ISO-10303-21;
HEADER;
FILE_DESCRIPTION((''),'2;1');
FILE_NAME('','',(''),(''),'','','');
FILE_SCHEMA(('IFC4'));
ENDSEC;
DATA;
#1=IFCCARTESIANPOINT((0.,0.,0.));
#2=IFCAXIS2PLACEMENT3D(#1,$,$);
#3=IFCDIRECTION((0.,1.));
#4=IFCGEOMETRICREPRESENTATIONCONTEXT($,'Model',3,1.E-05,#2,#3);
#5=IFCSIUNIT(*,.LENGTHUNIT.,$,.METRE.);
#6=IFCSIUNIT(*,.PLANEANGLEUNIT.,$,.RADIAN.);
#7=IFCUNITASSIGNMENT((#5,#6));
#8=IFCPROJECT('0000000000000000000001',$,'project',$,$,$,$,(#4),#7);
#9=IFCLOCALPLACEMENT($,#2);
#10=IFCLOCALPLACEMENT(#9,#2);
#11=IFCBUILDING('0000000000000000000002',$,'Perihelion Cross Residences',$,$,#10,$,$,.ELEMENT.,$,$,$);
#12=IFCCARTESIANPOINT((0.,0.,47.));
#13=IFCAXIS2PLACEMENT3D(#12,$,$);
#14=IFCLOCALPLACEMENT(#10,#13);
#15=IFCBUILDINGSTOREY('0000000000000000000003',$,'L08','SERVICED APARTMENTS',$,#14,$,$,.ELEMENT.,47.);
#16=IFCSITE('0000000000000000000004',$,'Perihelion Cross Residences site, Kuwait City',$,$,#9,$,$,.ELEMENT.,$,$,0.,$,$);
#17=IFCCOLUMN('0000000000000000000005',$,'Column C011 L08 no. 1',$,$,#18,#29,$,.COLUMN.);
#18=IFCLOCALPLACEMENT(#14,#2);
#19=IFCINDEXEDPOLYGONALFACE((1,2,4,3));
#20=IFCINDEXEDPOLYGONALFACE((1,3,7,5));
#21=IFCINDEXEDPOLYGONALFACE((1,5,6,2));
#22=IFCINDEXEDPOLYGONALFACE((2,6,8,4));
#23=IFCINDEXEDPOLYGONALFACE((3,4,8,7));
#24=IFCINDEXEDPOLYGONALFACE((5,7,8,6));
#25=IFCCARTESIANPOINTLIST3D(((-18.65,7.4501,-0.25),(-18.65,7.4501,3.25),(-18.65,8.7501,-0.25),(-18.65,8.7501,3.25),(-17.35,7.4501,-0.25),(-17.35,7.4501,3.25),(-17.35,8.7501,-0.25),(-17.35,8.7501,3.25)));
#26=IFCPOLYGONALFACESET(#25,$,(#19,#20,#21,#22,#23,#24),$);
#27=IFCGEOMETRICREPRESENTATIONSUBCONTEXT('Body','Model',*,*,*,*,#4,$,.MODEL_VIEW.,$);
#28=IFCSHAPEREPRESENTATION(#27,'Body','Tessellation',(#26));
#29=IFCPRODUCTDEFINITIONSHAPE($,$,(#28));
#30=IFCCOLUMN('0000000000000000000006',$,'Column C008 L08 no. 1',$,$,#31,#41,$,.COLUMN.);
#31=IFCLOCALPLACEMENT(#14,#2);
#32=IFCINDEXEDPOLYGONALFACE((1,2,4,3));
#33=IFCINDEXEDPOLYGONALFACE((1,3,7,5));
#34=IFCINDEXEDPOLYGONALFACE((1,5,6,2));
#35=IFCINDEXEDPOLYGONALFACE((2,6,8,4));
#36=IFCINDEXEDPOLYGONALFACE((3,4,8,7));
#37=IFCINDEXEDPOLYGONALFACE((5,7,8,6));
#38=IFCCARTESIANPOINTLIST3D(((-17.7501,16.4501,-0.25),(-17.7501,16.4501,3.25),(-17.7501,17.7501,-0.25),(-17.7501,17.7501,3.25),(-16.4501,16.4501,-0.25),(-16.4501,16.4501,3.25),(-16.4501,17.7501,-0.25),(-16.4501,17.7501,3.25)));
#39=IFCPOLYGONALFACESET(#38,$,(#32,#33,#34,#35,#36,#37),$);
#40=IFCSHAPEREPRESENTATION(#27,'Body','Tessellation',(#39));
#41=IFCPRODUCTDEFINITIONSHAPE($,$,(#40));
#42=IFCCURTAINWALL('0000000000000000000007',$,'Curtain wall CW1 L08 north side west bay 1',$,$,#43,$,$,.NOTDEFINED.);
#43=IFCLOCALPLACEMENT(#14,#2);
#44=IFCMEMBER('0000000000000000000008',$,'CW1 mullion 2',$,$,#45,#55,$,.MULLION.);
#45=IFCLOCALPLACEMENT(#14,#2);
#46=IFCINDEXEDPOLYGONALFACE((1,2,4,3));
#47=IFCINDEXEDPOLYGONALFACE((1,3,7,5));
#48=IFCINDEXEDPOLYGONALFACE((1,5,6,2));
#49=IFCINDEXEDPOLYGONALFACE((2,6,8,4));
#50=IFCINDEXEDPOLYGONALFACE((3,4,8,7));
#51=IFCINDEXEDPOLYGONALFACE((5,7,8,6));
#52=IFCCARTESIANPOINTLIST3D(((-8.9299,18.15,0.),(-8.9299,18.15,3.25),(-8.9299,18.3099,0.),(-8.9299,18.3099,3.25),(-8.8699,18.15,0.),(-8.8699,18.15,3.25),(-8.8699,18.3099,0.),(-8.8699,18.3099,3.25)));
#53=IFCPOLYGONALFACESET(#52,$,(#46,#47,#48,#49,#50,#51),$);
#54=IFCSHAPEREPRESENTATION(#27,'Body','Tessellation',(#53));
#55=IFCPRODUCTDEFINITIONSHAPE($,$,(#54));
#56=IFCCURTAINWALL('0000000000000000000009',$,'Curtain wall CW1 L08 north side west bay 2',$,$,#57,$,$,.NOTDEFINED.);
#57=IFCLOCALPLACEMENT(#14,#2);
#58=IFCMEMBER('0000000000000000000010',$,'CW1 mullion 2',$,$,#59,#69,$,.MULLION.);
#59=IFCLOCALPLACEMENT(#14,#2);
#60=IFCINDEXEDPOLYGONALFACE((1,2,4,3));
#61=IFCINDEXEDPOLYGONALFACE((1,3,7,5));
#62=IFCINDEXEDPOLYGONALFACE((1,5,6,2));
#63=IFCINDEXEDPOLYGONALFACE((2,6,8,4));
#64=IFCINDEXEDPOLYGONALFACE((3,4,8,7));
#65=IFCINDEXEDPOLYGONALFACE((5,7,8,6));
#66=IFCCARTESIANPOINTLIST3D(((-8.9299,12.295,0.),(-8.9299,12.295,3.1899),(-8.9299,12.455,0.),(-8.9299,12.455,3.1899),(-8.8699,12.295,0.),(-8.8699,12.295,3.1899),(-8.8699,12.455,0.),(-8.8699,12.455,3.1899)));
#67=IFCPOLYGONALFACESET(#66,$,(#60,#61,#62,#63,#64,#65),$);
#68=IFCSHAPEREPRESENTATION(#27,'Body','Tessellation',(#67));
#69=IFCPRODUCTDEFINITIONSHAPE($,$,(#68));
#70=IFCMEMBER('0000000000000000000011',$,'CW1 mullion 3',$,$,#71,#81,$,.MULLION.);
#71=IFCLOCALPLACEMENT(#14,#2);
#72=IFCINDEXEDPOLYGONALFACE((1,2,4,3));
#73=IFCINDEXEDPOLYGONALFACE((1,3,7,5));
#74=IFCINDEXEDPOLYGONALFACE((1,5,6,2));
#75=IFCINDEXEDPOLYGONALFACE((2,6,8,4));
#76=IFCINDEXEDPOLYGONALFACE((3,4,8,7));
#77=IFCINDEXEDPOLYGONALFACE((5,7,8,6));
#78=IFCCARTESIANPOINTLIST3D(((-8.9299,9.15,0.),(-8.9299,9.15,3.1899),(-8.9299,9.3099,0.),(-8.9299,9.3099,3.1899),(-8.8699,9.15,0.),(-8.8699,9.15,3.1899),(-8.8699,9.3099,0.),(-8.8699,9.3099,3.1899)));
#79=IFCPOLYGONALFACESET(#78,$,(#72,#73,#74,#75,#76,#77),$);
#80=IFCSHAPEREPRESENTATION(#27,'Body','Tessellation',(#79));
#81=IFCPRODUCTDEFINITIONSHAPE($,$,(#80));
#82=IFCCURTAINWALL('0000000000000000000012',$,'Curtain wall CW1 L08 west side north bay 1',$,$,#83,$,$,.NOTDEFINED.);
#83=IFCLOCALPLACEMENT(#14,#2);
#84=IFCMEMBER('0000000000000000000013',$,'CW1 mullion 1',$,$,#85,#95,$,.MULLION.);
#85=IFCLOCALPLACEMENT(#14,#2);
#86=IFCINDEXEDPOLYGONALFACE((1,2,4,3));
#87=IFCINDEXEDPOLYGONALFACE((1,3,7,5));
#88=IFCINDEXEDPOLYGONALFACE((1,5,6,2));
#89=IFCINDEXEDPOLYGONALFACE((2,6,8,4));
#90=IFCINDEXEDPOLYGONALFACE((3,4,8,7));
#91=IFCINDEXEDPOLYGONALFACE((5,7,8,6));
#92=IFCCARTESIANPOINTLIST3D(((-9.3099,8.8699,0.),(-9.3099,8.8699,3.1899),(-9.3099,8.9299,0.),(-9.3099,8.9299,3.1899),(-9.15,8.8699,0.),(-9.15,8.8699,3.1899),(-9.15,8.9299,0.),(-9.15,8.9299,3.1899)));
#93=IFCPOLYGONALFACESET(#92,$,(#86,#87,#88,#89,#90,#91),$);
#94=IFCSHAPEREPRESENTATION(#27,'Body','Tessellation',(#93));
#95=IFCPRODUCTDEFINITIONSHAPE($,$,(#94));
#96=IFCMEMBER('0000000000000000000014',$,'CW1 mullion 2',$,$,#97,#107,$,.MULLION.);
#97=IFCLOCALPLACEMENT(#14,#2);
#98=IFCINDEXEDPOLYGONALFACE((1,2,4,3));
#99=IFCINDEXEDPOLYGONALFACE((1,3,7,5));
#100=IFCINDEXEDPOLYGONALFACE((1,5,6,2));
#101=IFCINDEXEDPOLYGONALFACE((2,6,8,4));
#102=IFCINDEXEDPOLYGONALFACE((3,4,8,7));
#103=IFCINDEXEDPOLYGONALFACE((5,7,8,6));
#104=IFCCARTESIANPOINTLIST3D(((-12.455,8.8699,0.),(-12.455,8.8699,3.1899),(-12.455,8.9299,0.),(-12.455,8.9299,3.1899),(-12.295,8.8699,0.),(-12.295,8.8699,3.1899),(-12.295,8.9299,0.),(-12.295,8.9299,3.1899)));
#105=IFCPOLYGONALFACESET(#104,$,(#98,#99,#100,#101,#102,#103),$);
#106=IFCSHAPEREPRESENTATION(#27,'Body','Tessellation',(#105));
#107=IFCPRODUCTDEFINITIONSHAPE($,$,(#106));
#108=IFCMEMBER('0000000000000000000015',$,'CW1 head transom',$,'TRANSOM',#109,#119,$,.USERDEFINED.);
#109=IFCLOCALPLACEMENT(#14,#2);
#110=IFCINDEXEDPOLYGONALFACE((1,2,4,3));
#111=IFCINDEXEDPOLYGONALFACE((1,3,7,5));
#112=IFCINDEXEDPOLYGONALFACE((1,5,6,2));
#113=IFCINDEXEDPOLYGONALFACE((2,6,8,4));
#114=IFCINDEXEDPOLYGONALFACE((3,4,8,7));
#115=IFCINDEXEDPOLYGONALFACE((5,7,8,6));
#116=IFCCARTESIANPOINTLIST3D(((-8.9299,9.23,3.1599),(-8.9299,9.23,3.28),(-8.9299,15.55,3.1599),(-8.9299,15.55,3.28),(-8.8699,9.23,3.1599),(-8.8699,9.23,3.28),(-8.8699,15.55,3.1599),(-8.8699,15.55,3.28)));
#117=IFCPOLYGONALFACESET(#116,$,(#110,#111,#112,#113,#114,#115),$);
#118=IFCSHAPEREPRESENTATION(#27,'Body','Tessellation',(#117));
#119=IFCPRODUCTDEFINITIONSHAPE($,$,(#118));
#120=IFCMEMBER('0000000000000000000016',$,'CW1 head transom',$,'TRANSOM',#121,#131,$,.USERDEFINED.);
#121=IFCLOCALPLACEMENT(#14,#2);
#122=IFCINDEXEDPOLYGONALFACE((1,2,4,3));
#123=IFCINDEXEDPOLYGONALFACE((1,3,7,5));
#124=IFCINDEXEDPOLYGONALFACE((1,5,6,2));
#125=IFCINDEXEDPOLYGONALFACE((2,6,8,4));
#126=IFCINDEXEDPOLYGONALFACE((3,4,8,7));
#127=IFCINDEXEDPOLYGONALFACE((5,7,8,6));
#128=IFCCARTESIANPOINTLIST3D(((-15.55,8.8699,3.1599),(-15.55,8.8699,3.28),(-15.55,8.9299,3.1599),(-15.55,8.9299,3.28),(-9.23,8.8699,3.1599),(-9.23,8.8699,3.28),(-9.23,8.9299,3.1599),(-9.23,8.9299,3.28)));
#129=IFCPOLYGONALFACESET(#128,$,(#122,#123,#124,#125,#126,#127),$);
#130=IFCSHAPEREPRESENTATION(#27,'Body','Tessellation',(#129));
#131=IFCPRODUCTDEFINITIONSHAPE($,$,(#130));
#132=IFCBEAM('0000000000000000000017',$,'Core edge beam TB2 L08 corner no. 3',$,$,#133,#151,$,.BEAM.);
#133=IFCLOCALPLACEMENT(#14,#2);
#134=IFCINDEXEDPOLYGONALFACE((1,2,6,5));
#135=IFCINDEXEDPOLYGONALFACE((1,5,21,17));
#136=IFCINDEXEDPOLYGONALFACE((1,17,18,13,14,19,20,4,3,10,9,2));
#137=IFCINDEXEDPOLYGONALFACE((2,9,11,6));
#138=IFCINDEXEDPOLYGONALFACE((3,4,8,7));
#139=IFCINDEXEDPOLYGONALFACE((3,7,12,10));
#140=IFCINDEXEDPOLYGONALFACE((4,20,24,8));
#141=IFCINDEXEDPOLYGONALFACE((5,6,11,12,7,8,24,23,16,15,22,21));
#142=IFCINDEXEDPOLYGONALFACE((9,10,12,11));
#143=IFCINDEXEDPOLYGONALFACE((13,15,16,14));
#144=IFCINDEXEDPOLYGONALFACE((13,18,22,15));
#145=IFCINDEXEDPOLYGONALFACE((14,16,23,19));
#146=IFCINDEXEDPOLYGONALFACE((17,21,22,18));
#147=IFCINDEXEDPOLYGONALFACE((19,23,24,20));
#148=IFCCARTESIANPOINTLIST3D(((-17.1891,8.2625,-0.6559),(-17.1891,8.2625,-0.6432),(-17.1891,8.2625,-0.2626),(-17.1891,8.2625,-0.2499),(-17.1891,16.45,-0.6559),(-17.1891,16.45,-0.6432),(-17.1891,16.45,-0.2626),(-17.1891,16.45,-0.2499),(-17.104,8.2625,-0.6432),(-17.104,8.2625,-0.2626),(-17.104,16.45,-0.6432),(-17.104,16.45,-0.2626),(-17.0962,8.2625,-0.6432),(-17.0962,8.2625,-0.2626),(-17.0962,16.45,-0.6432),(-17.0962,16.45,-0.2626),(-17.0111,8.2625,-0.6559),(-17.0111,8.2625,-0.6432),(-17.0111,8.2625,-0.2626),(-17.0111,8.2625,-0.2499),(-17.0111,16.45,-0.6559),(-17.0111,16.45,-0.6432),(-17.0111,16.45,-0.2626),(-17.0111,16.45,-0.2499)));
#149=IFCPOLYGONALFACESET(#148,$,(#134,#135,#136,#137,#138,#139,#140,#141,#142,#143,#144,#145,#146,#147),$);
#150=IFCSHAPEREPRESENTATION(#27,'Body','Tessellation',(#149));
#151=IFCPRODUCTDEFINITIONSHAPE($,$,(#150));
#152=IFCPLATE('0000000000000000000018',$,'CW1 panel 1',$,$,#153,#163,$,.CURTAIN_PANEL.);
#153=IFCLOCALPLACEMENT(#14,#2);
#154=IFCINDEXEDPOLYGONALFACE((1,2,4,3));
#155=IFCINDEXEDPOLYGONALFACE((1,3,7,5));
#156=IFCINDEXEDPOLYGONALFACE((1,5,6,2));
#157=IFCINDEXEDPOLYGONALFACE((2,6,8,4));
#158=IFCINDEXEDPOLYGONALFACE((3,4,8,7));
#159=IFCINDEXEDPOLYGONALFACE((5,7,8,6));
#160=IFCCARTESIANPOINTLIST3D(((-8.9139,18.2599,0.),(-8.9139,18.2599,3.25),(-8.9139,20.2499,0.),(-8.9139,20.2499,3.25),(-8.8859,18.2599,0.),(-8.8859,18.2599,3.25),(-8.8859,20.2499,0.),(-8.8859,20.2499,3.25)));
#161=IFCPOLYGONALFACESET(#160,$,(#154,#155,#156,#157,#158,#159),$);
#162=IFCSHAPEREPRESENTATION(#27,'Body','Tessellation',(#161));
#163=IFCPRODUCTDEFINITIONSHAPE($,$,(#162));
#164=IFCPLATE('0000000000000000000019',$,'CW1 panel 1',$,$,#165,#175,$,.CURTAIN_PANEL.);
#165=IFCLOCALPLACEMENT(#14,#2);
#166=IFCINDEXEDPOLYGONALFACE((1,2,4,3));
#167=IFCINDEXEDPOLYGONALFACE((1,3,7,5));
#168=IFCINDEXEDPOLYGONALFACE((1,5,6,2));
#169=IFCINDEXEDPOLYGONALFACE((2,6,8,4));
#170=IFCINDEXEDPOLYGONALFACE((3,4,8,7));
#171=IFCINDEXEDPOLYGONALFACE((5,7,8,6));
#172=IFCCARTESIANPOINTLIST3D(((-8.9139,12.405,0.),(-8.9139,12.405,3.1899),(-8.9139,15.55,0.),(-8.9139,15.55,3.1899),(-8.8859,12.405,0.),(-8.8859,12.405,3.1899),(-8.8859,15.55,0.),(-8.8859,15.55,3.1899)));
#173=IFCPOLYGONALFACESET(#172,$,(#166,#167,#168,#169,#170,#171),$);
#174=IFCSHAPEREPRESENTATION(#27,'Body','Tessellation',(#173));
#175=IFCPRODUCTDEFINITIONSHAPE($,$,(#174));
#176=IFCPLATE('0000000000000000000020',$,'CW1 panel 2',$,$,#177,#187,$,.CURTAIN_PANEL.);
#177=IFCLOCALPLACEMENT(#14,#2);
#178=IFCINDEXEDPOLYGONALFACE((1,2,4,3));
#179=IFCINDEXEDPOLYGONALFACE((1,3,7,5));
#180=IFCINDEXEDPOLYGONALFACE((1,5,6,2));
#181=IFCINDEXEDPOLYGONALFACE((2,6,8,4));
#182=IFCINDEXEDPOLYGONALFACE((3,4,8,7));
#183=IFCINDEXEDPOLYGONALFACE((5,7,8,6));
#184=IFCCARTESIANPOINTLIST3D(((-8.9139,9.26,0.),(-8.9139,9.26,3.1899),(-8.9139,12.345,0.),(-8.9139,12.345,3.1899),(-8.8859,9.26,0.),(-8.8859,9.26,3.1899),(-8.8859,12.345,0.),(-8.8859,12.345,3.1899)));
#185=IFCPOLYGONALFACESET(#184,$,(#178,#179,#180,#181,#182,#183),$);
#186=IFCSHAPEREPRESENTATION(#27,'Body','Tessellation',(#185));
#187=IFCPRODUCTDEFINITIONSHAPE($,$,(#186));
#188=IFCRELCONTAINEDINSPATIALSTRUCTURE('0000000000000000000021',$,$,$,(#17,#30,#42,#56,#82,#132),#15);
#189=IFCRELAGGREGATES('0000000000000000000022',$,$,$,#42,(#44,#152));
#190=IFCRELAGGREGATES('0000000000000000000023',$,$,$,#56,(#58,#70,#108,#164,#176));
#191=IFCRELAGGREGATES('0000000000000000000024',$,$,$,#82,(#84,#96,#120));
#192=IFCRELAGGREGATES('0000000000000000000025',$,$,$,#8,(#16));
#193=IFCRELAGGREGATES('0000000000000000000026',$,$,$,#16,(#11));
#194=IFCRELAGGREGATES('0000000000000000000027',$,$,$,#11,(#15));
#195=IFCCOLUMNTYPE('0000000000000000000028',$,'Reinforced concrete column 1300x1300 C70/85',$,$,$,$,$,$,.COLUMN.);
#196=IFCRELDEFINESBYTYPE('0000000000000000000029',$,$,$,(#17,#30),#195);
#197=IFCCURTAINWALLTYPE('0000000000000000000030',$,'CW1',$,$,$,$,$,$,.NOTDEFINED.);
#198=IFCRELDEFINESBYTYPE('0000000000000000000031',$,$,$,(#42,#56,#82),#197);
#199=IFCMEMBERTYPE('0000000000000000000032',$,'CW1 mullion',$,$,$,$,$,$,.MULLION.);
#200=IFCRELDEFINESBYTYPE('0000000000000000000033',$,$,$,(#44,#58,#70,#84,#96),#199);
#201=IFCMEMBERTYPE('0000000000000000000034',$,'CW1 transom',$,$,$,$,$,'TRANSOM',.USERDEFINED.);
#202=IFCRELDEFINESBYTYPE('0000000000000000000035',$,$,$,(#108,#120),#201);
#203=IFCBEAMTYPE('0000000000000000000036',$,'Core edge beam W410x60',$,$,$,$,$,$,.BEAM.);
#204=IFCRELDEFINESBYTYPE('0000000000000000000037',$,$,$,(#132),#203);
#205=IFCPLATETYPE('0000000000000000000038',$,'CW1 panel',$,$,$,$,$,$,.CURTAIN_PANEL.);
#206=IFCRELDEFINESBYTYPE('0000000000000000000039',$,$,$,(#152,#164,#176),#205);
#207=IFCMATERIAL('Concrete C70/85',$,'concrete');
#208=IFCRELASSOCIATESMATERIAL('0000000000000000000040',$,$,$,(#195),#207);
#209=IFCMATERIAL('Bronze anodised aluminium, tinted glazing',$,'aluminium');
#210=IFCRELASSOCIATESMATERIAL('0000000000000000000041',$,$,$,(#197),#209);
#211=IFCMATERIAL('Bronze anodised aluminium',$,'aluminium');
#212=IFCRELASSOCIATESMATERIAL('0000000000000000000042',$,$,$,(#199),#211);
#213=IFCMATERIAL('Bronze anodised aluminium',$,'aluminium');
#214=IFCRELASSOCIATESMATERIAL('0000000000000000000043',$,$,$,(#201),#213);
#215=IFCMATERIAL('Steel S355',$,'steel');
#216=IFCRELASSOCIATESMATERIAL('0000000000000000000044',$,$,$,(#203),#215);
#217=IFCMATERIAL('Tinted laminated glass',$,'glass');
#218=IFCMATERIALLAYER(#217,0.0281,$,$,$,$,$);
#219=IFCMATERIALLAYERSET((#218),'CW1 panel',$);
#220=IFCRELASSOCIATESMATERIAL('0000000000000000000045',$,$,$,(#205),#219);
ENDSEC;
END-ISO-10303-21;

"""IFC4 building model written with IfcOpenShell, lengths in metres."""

from ifc_helpers import new_model, si_unit, direction, frame, origin, origin_2d, place, context, subcontext, project, spatial, rectangle, i_section, extrude, material, layer, layer_set, material_profile, profile_set, type_object, element, aggregate, save


model = new_model("IFC4")

# Units and contexts
model_context = context("Model", 3, precision=1e-05, world=origin(), true_north=direction((0.0, 1.0)))
body_context = subcontext(model_context, "Body", "Model", "MODEL_VIEW")
ifc_project = project(units=[si_unit("LENGTHUNIT", "METRE"), si_unit("PLANEANGLEUNIT", "RADIAN")], contexts=[model_context])

# Site, building, storey
site_placement = place(None, origin())
site = spatial("IfcSite", under=ifc_project, at=site_placement, Name="Perihelion Cross Residences site, Kuwait City", CompositionType="ELEMENT", RefElevation=0.0)
building_placement = place(site_placement, origin())
building = spatial("IfcBuilding", under=site, at=building_placement, Name="Perihelion Cross Residences", CompositionType="ELEMENT")
storey_placement = place(building_placement, frame((0.0, 0.0, 47.0)))
storey = spatial("IfcBuildingStorey", under=building, at=storey_placement, Name="L08", Description="SERVICED APARTMENTS", CompositionType="ELEMENT", Elevation=47.0)

# Columns
ifc_material_1 = material(Name="Concrete C70/85", Category="concrete")
ifc_material_profile_1 = material_profile(ifc_material_1, rectangle(XDim=1.3, YDim=1.3, at=origin_2d()), Name="RC 1300x1300")
ifc_profile_set_1 = profile_set([ifc_material_profile_1], Name="Concrete C70/85")
column_type = type_object("IfcColumnType", Name="Reinforced concrete column 1300x1300 C70/85", PredefinedType="COLUMN", material=ifc_profile_set_1)
for number, where, z_axis, x_axis, name in (
    (1, (-18.0, 8.1001, -0.25), (0.0, 0.0, 1.0), (1.0, 0.0, 0.0), "Column C011 L08 no. 1"),
    (2, (-17.1001, 17.1001, -0.25), (0.0, 0.0, 1.0), (1.0, 0.0, 0.0), "Column C008 L08 no. 1"),
):
    element("IfcColumn", number, at=place(storey_placement, frame(where, z_axis=z_axis, x_axis=x_axis)), inside=storey, type_object=column_type, Name=name, PredefinedType="COLUMN", context=body_context, shape_type="SweptSolid", body=[
        extrude(rectangle(XDim=1.3, YDim=1.3, at=origin_2d()), origin(), (0.0, 0.0, 1.0), 3.5),
    ])

# Curtain wall, member
ifc_material_2 = material(Name="Bronze anodised aluminium, tinted glazing", Category="aluminium")
curtain_wall_type = type_object("IfcCurtainWallType", Name="CW1", PredefinedType="NOTDEFINED", material=ifc_material_2)
curtain_wall_1_placement = place(storey_placement, origin())
curtain_wall_1 = element("IfcCurtainWall", 3, at=curtain_wall_1_placement, inside=storey, type_object=curtain_wall_type, Name="Curtain wall CW1 L08 north side west bay 1", PredefinedType="NOTDEFINED")
ifc_material_3 = material(Name="Bronze anodised aluminium", Category="aluminium")
ifc_material_profile_2 = material_profile(ifc_material_3, rectangle(XDim=0.0601, YDim=0.1599, at=origin_2d()), Name="CW1 mullion")
ifc_profile_set_2 = profile_set([ifc_material_profile_2], Name="Bronze anodised aluminium")
member_type_1 = type_object("IfcMemberType", Name="CW1 mullion", PredefinedType="MULLION", material=ifc_profile_set_2)
member_1_placement = place(storey_placement, frame((-8.8999, 18.23, 0.0), z_axis=(0.0, 0.0, 1.0), x_axis=(1.0, 0.0, 0.0)))
member_1 = element("IfcMember", 4, at=member_1_placement, type_object=member_type_1, Name="CW1 mullion 2", PredefinedType="MULLION", context=body_context, shape_type="SweptSolid", body=[
    extrude(rectangle(XDim=0.0601, YDim=0.1599, at=origin_2d()), origin(), (0.0, 0.0, 1.0), 3.25),
])

# Curtain walls, members
curtain_wall_2_placement = place(storey_placement, origin())
curtain_wall_2 = element("IfcCurtainWall", 5, at=curtain_wall_2_placement, inside=storey, type_object=curtain_wall_type, Name="Curtain wall CW1 L08 north side west bay 2", PredefinedType="NOTDEFINED")
member_2_placement = place(storey_placement, frame((-8.8999, 12.375, 0.0), z_axis=(0.0, 0.0, 1.0), x_axis=(1.0, 0.0, 0.0)))
member_2 = element("IfcMember", 6, at=member_2_placement, type_object=member_type_1, Name="CW1 mullion 2", PredefinedType="MULLION", context=body_context, shape_type="SweptSolid", body=[
    extrude(rectangle(XDim=0.0601, YDim=0.1599, at=origin_2d()), origin(), (0.0, 0.0, 1.0), 3.1899),
])
member_3_placement = place(storey_placement, frame((-8.8999, 9.23, 0.0), z_axis=(0.0, 0.0, 1.0), x_axis=(1.0, 0.0, 0.0)))
member_3 = element("IfcMember", 7, at=member_3_placement, type_object=member_type_1, Name="CW1 mullion 3", PredefinedType="MULLION", context=body_context, shape_type="SweptSolid", body=[
    extrude(rectangle(XDim=0.0601, YDim=0.1599, at=origin_2d()), origin(), (0.0, 0.0, 1.0), 3.1899),
])
curtain_wall_3_placement = place(storey_placement, origin())
curtain_wall_3 = element("IfcCurtainWall", 8, at=curtain_wall_3_placement, inside=storey, type_object=curtain_wall_type, Name="Curtain wall CW1 L08 west side north bay 1", PredefinedType="NOTDEFINED")
member_4_placement = place(storey_placement, frame((-9.23, 8.8999, 0.0), z_axis=(0.0, 0.0, 1.0), x_axis=(0.0, -1.0, 0.0)))
member_4 = element("IfcMember", 9, at=member_4_placement, type_object=member_type_1, Name="CW1 mullion 1", PredefinedType="MULLION", context=body_context, shape_type="SweptSolid", body=[
    extrude(rectangle(XDim=0.0601, YDim=0.1599, at=origin_2d()), origin(), (0.0, 0.0, 1.0), 3.1899),
])
member_5_placement = place(storey_placement, frame((-12.375, 8.8999, 0.0), z_axis=(0.0, 0.0, 1.0), x_axis=(0.0, -1.0, 0.0)))
member_5 = element("IfcMember", 10, at=member_5_placement, type_object=member_type_1, Name="CW1 mullion 2", PredefinedType="MULLION", context=body_context, shape_type="SweptSolid", body=[
    extrude(rectangle(XDim=0.0601, YDim=0.1599, at=origin_2d()), origin(), (0.0, 0.0, 1.0), 3.1899),
])

# Members
ifc_material_4 = material(Name="Bronze anodised aluminium", Category="aluminium")
ifc_material_profile_3 = material_profile(ifc_material_4, rectangle(XDim=0.0601, YDim=0.1201, at=origin_2d()), Name="CW1 transom")
ifc_profile_set_3 = profile_set([ifc_material_profile_3], Name="Bronze anodised aluminium")
member_type_2 = type_object("IfcMemberType", Name="CW1 transom", ElementType="TRANSOM", PredefinedType="USERDEFINED", material=ifc_profile_set_3)
member_6_placement = place(storey_placement, frame((-8.8999, 15.55, 3.22), z_axis=(0.0, -1.0, 0.0), x_axis=(1.0, 0.0, 0.0)))
member_6 = element("IfcMember", 11, at=member_6_placement, type_object=member_type_2, Name="CW1 head transom", ObjectType="TRANSOM", PredefinedType="USERDEFINED", context=body_context, shape_type="SweptSolid", body=[
    extrude(rectangle(XDim=0.0601, YDim=0.1201, at=origin_2d()), origin(), (0.0, 0.0, 1.0), 6.3201),
])
member_7_placement = place(storey_placement, frame((-9.23, 8.8999, 3.22), z_axis=(-1.0, 0.0, 0.0), x_axis=(0.0, -1.0, 0.0)))
member_7 = element("IfcMember", 12, at=member_7_placement, type_object=member_type_2, Name="CW1 head transom", ObjectType="TRANSOM", PredefinedType="USERDEFINED", context=body_context, shape_type="SweptSolid", body=[
    extrude(rectangle(XDim=0.0601, YDim=0.1201, at=origin_2d()), origin(), (0.0, 0.0, 1.0), 6.3201),
])

# Beam
ifc_material_5 = material(Name="Steel S355", Category="steel")
ifc_material_profile_4 = material_profile(ifc_material_5, i_section(OverallWidth=0.178, OverallDepth=0.406, WebThickness=0.0078, FlangeThickness=0.0127, at=origin_2d()), Name="W410x60")
ifc_profile_set_4 = profile_set([ifc_material_profile_4], Name="Steel S355")
beam_type = type_object("IfcBeamType", Name="Core edge beam W410x60", PredefinedType="BEAM", material=ifc_profile_set_4)
beam_placement = place(storey_placement, frame((-17.1001, 8.2625, -0.4529), z_axis=(0.0, 1.0, 0.0), x_axis=(-1.0, 0.0, 0.0)))
element("IfcBeam", 13, at=beam_placement, inside=storey, type_object=beam_type, Name="Core edge beam TB2 L08 corner no. 3", PredefinedType="BEAM", context=body_context, shape_type="SweptSolid", body=[
    extrude(i_section(OverallWidth=0.178, OverallDepth=0.406, WebThickness=0.0078, FlangeThickness=0.0127, at=origin_2d()), origin(), (0.0, 0.0, 1.0), 8.1875),
])

# Plates
ifc_material_6 = material(Name="Tinted laminated glass", Category="glass")
ifc_layer_1 = layer(ifc_material_6, 0.0281)
ifc_layer_set_1 = layer_set([ifc_layer_1], Name="CW1 panel")
plate_type = type_object("IfcPlateType", Name="CW1 panel", PredefinedType="CURTAIN_PANEL", material=ifc_layer_set_1)
plate_1_placement = place(storey_placement, frame((-8.8999, 19.2549, 0.0), z_axis=(0.0, 0.0, 1.0), x_axis=(0.0, -1.0, 0.0)))
plate_1 = element("IfcPlate", 14, at=plate_1_placement, type_object=plate_type, Name="CW1 panel 1", PredefinedType="CURTAIN_PANEL", context=body_context, shape_type="SweptSolid", body=[
    extrude(rectangle(XDim=1.99, YDim=0.0281, at=origin_2d()), origin(), (0.0, 0.0, 1.0), 3.25),
])
aggregate(curtain_wall_1, [member_1, plate_1])
plate_2_placement = place(storey_placement, frame((-8.8999, 13.9775, 0.0), z_axis=(0.0, 0.0, 1.0), x_axis=(0.0, -1.0, 0.0)))
plate_2 = element("IfcPlate", 15, at=plate_2_placement, type_object=plate_type, Name="CW1 panel 1", PredefinedType="CURTAIN_PANEL", context=body_context, shape_type="SweptSolid", body=[
    extrude(rectangle(XDim=3.145, YDim=0.0281, at=origin_2d()), origin(), (0.0, 0.0, 1.0), 3.1899),
])
plate_3_placement = place(storey_placement, frame((-8.8999, 10.8025, 0.0), z_axis=(0.0, 0.0, 1.0), x_axis=(0.0, -1.0, 0.0)))
plate_3 = element("IfcPlate", 16, at=plate_3_placement, type_object=plate_type, Name="CW1 panel 2", PredefinedType="CURTAIN_PANEL", context=body_context, shape_type="SweptSolid", body=[
    extrude(rectangle(XDim=3.085, YDim=0.0281, at=origin_2d()), origin(), (0.0, 0.0, 1.0), 3.1899),
])
aggregate(curtain_wall_2, [member_2, member_3, member_6, plate_2, plate_3])
aggregate(curtain_wall_3, [member_4, member_5, member_7])

save(model, "model.ifc")
